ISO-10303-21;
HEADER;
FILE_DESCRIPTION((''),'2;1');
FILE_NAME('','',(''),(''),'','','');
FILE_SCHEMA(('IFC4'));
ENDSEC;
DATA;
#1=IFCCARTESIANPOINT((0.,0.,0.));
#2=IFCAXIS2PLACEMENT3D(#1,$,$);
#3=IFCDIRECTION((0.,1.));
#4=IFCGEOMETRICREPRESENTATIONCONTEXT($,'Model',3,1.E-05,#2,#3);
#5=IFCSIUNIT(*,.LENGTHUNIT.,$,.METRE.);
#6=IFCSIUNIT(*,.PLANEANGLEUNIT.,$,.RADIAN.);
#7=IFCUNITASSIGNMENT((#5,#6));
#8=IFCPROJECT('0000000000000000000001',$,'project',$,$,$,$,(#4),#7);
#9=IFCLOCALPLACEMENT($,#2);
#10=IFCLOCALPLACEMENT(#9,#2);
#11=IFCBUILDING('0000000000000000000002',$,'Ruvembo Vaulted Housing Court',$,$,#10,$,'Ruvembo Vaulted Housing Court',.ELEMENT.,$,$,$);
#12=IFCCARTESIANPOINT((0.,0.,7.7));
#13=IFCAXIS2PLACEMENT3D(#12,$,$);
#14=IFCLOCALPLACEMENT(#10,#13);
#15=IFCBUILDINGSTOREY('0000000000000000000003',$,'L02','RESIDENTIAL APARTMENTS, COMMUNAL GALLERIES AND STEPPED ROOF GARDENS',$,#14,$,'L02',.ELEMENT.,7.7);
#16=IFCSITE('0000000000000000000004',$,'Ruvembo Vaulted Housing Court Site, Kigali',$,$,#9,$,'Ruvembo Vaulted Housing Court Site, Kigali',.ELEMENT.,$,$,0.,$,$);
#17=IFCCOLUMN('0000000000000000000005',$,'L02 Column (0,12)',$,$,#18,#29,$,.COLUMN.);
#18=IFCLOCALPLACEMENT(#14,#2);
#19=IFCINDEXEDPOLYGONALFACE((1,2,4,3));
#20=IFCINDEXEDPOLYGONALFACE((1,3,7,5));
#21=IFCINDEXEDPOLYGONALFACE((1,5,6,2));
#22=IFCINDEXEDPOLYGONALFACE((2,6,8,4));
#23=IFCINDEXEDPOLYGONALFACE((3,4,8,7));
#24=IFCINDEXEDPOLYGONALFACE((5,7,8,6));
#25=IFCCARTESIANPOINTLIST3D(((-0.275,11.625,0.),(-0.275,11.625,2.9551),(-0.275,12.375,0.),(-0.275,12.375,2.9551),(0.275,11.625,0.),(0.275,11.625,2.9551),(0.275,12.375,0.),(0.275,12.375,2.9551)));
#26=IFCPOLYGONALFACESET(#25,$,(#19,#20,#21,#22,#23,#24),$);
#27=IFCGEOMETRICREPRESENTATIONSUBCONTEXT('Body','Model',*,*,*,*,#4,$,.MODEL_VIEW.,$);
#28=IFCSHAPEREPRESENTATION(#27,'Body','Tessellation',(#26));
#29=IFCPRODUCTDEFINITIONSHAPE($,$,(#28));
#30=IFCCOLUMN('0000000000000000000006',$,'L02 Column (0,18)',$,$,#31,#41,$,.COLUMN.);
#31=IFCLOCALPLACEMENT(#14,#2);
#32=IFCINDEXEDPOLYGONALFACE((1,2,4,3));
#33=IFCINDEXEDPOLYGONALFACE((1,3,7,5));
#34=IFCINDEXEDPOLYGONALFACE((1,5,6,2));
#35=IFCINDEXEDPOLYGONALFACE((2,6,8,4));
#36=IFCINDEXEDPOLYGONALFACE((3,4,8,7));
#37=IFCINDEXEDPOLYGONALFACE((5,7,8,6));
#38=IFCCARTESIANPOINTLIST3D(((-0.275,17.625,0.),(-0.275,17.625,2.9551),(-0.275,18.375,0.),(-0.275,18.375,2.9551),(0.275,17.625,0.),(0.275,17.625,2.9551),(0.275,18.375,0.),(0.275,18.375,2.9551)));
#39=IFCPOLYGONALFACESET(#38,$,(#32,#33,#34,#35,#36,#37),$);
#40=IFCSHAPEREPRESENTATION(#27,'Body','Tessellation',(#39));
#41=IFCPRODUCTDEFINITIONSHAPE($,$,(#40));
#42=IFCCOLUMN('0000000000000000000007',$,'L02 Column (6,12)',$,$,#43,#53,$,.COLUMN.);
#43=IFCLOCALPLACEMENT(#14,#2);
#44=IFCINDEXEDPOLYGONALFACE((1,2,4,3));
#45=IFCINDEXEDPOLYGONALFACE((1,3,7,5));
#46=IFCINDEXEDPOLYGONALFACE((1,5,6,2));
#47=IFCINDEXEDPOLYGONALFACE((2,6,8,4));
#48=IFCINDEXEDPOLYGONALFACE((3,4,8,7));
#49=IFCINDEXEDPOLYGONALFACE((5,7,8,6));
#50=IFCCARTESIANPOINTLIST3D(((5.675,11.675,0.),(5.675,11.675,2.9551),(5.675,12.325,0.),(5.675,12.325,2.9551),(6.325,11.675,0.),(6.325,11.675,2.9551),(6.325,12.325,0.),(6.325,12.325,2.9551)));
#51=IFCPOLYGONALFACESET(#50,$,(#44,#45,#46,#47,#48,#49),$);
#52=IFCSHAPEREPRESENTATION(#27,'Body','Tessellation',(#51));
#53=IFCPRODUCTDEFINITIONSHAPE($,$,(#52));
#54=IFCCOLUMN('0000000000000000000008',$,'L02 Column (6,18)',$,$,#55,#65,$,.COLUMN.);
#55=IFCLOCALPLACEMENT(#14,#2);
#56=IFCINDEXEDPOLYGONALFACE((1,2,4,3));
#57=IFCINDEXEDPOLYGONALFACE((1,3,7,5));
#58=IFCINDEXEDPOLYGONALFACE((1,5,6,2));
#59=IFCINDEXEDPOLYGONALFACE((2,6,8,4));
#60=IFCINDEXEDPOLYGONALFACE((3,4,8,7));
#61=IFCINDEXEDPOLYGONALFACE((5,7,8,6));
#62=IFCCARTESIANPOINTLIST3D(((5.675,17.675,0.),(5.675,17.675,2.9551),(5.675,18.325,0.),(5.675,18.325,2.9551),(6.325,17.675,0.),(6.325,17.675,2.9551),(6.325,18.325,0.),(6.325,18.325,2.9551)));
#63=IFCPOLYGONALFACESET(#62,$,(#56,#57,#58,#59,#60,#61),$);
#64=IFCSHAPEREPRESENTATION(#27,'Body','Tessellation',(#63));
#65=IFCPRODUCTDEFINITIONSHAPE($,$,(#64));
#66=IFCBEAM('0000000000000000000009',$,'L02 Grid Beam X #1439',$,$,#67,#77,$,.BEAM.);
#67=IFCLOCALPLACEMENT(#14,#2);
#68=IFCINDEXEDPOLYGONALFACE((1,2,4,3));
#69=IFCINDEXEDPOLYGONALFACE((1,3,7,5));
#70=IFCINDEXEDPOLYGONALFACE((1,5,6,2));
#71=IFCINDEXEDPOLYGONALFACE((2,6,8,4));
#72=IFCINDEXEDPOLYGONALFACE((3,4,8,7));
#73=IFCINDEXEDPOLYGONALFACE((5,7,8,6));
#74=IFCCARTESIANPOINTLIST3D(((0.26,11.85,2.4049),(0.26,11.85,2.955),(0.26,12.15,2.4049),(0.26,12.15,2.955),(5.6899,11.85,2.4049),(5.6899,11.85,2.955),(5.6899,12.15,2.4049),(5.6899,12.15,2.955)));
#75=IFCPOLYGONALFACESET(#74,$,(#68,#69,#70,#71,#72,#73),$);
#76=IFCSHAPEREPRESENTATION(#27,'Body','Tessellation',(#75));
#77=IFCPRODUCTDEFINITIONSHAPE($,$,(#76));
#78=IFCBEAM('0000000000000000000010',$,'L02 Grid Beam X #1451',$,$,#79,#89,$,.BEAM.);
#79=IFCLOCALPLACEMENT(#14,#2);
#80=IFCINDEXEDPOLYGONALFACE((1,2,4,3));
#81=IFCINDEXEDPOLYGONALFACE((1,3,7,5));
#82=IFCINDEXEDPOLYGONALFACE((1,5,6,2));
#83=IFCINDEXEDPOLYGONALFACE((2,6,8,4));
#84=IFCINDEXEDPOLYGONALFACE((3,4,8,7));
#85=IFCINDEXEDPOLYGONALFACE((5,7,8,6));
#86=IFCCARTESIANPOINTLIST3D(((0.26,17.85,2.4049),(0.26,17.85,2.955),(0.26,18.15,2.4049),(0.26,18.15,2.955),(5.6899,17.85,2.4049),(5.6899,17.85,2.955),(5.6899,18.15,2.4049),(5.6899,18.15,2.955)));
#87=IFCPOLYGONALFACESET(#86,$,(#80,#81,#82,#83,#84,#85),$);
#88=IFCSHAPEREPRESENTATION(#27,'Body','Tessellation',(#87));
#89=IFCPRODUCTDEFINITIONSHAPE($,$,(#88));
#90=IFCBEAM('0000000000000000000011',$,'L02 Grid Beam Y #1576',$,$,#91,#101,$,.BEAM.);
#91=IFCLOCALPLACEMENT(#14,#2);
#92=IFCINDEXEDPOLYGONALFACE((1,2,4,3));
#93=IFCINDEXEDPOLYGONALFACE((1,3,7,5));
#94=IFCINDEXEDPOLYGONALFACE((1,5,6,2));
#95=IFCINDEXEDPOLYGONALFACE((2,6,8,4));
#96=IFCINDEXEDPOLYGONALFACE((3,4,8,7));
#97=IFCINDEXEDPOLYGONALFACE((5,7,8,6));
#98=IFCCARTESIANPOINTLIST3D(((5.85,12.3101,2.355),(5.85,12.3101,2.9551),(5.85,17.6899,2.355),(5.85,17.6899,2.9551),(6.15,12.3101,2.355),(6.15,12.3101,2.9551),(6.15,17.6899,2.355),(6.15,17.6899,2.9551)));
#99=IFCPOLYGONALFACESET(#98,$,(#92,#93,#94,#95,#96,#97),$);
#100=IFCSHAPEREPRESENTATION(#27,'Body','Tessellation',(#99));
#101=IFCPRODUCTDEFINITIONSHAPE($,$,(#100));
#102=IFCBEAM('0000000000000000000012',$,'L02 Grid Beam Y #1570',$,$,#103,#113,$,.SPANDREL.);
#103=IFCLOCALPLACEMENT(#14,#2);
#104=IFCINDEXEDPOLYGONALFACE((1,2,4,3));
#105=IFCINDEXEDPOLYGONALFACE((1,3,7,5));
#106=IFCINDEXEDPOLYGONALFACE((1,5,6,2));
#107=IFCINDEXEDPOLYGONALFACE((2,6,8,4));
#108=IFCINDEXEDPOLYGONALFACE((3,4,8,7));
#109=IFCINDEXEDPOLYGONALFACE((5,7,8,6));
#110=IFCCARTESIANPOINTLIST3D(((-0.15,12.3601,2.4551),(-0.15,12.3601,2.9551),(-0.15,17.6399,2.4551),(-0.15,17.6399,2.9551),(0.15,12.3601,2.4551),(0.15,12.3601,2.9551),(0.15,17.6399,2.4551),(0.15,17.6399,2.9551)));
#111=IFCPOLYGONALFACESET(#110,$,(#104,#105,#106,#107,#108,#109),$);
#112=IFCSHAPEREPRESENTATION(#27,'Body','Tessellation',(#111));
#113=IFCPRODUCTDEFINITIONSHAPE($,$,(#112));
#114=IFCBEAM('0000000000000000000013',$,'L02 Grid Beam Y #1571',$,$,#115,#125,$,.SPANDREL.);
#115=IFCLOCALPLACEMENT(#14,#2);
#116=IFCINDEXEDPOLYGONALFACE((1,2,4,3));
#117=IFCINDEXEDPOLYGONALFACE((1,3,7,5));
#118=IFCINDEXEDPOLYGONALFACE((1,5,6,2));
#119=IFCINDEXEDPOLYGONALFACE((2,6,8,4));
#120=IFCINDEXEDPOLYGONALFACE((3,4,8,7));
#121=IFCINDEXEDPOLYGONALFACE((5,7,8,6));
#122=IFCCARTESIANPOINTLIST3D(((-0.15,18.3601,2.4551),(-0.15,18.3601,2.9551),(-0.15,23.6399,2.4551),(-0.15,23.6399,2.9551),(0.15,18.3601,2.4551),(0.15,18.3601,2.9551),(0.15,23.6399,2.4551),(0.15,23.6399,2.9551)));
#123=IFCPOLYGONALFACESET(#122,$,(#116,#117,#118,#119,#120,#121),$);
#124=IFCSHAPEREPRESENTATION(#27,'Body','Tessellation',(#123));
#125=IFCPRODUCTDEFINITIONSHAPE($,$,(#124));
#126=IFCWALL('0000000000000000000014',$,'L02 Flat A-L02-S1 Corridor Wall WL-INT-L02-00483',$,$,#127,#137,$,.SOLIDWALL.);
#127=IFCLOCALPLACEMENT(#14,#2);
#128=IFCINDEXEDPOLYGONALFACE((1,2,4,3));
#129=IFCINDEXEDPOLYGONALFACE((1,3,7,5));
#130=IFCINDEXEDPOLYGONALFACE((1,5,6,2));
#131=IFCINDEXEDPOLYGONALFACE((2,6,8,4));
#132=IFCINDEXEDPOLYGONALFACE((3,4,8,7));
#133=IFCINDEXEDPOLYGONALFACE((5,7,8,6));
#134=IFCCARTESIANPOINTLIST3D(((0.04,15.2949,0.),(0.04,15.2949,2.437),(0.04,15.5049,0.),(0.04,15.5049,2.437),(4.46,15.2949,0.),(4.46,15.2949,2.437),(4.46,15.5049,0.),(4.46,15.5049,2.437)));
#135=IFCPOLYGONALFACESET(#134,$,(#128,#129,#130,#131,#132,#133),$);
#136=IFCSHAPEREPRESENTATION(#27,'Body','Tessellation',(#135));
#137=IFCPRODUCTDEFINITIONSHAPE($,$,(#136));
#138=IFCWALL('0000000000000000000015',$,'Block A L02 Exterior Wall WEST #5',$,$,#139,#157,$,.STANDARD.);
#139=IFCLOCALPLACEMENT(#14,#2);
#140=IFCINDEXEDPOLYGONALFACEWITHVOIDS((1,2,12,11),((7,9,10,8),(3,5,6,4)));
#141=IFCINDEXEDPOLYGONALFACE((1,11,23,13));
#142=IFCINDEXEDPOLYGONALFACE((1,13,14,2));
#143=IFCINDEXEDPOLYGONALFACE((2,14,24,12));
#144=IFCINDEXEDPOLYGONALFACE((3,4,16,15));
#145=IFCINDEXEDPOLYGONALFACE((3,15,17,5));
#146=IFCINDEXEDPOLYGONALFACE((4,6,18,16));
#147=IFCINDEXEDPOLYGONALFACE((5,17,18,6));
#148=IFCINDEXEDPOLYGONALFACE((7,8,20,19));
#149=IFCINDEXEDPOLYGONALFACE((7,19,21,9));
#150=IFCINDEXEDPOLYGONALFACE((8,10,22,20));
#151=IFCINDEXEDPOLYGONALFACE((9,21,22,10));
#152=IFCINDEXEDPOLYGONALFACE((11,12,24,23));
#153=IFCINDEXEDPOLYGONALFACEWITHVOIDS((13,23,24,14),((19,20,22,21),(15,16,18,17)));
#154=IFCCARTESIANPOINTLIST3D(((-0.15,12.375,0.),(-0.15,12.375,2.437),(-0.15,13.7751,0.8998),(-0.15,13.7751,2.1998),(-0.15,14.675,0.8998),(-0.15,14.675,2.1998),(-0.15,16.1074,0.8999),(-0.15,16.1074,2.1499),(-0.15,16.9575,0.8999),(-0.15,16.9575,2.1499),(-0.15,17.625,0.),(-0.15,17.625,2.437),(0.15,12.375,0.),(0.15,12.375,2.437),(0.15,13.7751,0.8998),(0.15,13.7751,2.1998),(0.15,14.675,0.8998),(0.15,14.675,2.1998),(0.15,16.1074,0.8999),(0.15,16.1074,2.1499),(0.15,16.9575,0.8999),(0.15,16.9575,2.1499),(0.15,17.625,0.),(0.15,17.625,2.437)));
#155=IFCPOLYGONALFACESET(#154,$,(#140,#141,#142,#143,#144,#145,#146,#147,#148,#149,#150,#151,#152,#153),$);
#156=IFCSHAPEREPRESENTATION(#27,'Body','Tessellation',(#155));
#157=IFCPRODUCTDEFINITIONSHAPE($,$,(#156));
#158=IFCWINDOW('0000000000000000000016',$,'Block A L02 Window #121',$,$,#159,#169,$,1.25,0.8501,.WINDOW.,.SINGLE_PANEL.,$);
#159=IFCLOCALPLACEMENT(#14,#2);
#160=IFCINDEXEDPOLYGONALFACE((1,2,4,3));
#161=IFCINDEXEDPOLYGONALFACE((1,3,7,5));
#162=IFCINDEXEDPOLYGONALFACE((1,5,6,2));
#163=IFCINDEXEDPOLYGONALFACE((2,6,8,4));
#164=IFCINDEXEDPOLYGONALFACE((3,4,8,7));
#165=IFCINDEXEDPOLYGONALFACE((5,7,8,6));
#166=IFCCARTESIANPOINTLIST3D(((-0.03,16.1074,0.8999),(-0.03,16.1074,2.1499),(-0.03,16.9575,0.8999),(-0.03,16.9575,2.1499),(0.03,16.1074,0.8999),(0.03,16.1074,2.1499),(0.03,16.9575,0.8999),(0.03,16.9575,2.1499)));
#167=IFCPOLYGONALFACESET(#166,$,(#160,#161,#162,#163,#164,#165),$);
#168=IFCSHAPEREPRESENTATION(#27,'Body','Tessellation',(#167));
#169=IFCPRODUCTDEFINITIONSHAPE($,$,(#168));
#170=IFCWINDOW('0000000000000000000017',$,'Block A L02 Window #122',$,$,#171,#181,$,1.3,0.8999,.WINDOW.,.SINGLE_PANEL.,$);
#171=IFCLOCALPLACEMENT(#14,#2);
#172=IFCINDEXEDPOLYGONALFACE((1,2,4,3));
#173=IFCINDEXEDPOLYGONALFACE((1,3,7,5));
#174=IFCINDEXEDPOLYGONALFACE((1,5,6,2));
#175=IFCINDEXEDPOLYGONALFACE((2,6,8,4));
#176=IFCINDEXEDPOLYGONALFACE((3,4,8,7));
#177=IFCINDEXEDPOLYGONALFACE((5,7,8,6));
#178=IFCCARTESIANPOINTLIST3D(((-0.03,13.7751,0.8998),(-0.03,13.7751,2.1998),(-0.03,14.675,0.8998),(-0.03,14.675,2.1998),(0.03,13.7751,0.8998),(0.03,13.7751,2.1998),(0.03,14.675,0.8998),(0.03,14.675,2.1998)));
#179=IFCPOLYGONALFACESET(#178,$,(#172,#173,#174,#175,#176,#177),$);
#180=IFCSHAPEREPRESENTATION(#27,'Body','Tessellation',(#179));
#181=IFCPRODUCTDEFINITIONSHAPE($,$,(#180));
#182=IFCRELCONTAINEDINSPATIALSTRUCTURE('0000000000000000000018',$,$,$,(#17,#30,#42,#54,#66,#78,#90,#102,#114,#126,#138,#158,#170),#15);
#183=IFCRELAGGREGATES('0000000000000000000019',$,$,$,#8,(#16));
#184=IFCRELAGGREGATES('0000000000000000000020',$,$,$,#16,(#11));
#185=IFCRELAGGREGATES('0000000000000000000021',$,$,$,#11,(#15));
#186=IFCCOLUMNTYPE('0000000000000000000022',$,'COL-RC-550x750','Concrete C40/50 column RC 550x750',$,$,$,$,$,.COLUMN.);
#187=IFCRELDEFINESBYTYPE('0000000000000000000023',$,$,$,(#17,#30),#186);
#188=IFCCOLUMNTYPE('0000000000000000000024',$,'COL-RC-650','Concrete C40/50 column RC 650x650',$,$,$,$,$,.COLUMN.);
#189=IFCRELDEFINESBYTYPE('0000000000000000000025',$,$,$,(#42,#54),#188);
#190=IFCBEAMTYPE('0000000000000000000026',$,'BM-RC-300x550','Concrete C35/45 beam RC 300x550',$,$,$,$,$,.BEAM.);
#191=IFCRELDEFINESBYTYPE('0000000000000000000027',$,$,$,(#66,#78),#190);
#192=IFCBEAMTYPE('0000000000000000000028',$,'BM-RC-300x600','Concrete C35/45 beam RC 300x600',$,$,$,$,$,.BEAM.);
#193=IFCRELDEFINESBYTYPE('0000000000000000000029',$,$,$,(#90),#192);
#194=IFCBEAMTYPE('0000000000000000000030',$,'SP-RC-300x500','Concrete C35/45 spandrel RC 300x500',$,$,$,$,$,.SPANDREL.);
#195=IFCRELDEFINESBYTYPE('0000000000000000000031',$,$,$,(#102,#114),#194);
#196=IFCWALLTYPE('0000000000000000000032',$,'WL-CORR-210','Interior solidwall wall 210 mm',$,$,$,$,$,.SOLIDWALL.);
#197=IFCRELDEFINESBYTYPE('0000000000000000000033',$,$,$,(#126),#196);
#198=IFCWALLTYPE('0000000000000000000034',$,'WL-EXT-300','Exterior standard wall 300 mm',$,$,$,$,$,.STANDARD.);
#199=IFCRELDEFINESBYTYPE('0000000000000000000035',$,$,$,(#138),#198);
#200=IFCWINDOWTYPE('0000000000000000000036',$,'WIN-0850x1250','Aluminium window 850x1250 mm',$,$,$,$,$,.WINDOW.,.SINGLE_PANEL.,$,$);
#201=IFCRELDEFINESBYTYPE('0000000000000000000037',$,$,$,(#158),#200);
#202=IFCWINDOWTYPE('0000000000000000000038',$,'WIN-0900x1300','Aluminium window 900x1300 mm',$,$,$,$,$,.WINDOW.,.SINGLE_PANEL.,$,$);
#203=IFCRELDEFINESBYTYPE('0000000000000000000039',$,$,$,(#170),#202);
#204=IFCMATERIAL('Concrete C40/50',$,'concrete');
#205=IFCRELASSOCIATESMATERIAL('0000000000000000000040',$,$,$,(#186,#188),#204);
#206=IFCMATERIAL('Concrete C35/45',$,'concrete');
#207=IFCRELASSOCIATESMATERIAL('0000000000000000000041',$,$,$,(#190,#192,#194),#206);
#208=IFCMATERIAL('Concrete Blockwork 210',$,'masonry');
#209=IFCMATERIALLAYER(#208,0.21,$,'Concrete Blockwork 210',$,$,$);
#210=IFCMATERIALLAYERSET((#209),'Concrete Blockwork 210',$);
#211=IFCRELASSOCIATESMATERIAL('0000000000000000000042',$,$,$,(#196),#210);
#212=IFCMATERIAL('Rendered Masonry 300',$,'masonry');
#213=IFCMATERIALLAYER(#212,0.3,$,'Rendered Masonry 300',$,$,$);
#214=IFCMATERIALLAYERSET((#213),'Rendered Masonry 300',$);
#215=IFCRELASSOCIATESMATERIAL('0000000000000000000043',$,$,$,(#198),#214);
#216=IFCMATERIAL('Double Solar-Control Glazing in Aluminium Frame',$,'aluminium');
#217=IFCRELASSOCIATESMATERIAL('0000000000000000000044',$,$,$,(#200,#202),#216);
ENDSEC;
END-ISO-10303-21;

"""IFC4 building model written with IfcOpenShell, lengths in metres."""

from ifc_helpers import new_model, si_unit, direction, frame, frame_2d, origin, origin_2d, place, context, subcontext, project, spatial, rectangle, extrude, material, layer, layer_set, material_profile, profile_set, type_object, element, fill, save


model = new_model("IFC4")

# Units and contexts
model_context = context("Model", 3, precision=1e-05, world=origin(), true_north=direction((0.0, 1.0)))
body_context = subcontext(model_context, "Body", "Model", "MODEL_VIEW")
ifc_project = project(units=[si_unit("LENGTHUNIT", "METRE"), si_unit("PLANEANGLEUNIT", "RADIAN")], contexts=[model_context])

# Site, building, storey
site_placement = place(None, origin())
site = spatial("IfcSite", under=ifc_project, at=site_placement, Name="Ruvembo Vaulted Housing Court Site, Kigali", LongName="Ruvembo Vaulted Housing Court Site, Kigali", CompositionType="ELEMENT", RefElevation=0.0)
building_placement = place(site_placement, origin())
building = spatial("IfcBuilding", under=site, at=building_placement, Name="Ruvembo Vaulted Housing Court", LongName="Ruvembo Vaulted Housing Court", CompositionType="ELEMENT")
storey_placement = place(building_placement, frame((0.0, 0.0, 7.7)))
storey = spatial("IfcBuildingStorey", under=building, at=storey_placement, Name="L02", Description="RESIDENTIAL APARTMENTS, COMMUNAL GALLERIES AND STEPPED ROOF GARDENS", LongName="L02", CompositionType="ELEMENT", Elevation=7.7)

# Columns
ifc_material_1 = material(Name="Concrete C40/50", Category="concrete")
ifc_material_profile_1 = material_profile(ifc_material_1, rectangle(XDim=0.55, YDim=0.75, at=origin_2d()), Name="RC 550x750")
ifc_profile_set_1 = profile_set([ifc_material_profile_1], Name="Concrete C40/50")
column_type_1 = type_object("IfcColumnType", Name="COL-RC-550x750", Description="Concrete C40/50 column RC 550x750", PredefinedType="COLUMN", material=ifc_profile_set_1)
for number, where, z_axis, x_axis, name in (
    (1, (0.0, 12.0, 0.0), (0.0, 0.0, 1.0), (1.0, 0.0, 0.0), "L02 Column (0,12)"),
    (2, (0.0, 18.0, 0.0), (0.0, 0.0, 1.0), (1.0, 0.0, 0.0), "L02 Column (0,18)"),
):
    element("IfcColumn", number, at=place(storey_placement, frame(where, z_axis=z_axis, x_axis=x_axis)), inside=storey, type_object=column_type_1, Name=name, PredefinedType="COLUMN", context=body_context, shape_type="SweptSolid", body=[
        extrude(rectangle(XDim=0.55, YDim=0.75, at=origin_2d()), origin(), (0.0, 0.0, 1.0), 2.9551),
    ])
ifc_material_profile_2 = material_profile(ifc_material_1, rectangle(XDim=0.6499, YDim=0.6499, at=origin_2d()), Name="RC 650x650")
ifc_profile_set_2 = profile_set([ifc_material_profile_2], Name="Concrete C40/50")
column_type_2 = type_object("IfcColumnType", Name="COL-RC-650", Description="Concrete C40/50 column RC 650x650", PredefinedType="COLUMN", material=ifc_profile_set_2)
for number, where, z_axis, x_axis, name in (
    (3, (6.0, 12.0, 0.0), (0.0, 0.0, 1.0), (1.0, 0.0, 0.0), "L02 Column (6,12)"),
    (4, (6.0, 18.0, 0.0), (0.0, 0.0, 1.0), (1.0, 0.0, 0.0), "L02 Column (6,18)"),
):
    element("IfcColumn", number, at=place(storey_placement, frame(where, z_axis=z_axis, x_axis=x_axis)), inside=storey, type_object=column_type_2, Name=name, PredefinedType="COLUMN", context=body_context, shape_type="SweptSolid", body=[
        extrude(rectangle(XDim=0.6499, YDim=0.6499, at=origin_2d()), origin(), (0.0, 0.0, 1.0), 2.9551),
    ])

# Beams
ifc_material_2 = material(Name="Concrete C35/45", Category="concrete")
ifc_material_profile_3 = material_profile(ifc_material_2, rectangle(XDim=0.3, YDim=0.55, at=origin_2d()), Name="RC 300x550")
ifc_profile_set_3 = profile_set([ifc_material_profile_3], Name="Concrete C35/45")
beam_type_1 = type_object("IfcBeamType", Name="BM-RC-300x550", Description="Concrete C35/45 beam RC 300x550", PredefinedType="BEAM", material=ifc_profile_set_3)
for number, where, z_axis, x_axis, name in (
    (5, (0.26, 12.0, 2.6799), (1.0, 0.0, 0.0), (0.0, 1.0, 0.0), "L02 Grid Beam X #1439"),
    (6, (0.26, 18.0, 2.6799), (1.0, 0.0, 0.0), (0.0, 1.0, 0.0), "L02 Grid Beam X #1451"),
):
    element("IfcBeam", number, at=place(storey_placement, frame(where, z_axis=z_axis, x_axis=x_axis)), inside=storey, type_object=beam_type_1, Name=name, PredefinedType="BEAM", context=body_context, shape_type="SweptSolid", body=[
        extrude(rectangle(XDim=0.3, YDim=0.55, at=origin_2d()), origin(), (0.0, 0.0, 1.0), 5.4299),
    ])
ifc_material_profile_4 = material_profile(ifc_material_2, rectangle(XDim=0.3, YDim=0.6001, at=origin_2d()), Name="RC 300x600")
ifc_profile_set_4 = profile_set([ifc_material_profile_4], Name="Concrete C35/45")
beam_type_2 = type_object("IfcBeamType", Name="BM-RC-300x600", Description="Concrete C35/45 beam RC 300x600", PredefinedType="BEAM", material=ifc_profile_set_4)
beam_placement = place(storey_placement, frame((6.0, 12.3101, 2.655), z_axis=(0.0, 1.0, 0.0), x_axis=(-1.0, 0.0, 0.0)))
element("IfcBeam", 7, at=beam_placement, inside=storey, type_object=beam_type_2, Name="L02 Grid Beam Y #1576", PredefinedType="BEAM", context=body_context, shape_type="SweptSolid", body=[
    extrude(rectangle(XDim=0.3, YDim=0.6001, at=origin_2d()), origin(), (0.0, 0.0, 1.0), 5.3799),
])
ifc_material_profile_5 = material_profile(ifc_material_2, rectangle(XDim=0.3, YDim=0.5, at=origin_2d()), Name="RC 300x500")
ifc_profile_set_5 = profile_set([ifc_material_profile_5], Name="Concrete C35/45")
beam_type_3 = type_object("IfcBeamType", Name="SP-RC-300x500", Description="Concrete C35/45 spandrel RC 300x500", PredefinedType="SPANDREL", material=ifc_profile_set_5)
for number, where, z_axis, x_axis, name in (
    (8, (0.0, 12.3601, 2.7051), (0.0, 1.0, 0.0), (-1.0, 0.0, 0.0), "L02 Grid Beam Y #1570"),
    (9, (0.0, 18.3601, 2.7051), (0.0, 1.0, 0.0), (-1.0, 0.0, 0.0), "L02 Grid Beam Y #1571"),
):
    element("IfcBeam", number, at=place(storey_placement, frame(where, z_axis=z_axis, x_axis=x_axis)), inside=storey, type_object=beam_type_3, Name=name, PredefinedType="SPANDREL", context=body_context, shape_type="SweptSolid", body=[
        extrude(rectangle(XDim=0.3, YDim=0.5, at=origin_2d()), origin(), (0.0, 0.0, 1.0), 5.2798),
    ])

# Wall
ifc_material_3 = material(Name="Concrete Blockwork 210", Category="masonry")
ifc_layer_1 = layer(ifc_material_3, 0.21, Name="Concrete Blockwork 210")
ifc_layer_set_1 = layer_set([ifc_layer_1], Name="Concrete Blockwork 210")
wall_type_1 = type_object("IfcWallType", Name="WL-CORR-210", Description="Interior solidwall wall 210 mm", PredefinedType="SOLIDWALL", material=ifc_layer_set_1)
wall_1_placement = place(storey_placement, frame((0.04, 15.3999, 0.0), z_axis=(0.0, 0.0, 1.0), x_axis=(1.0, 0.0, 0.0)))
element("IfcWall", 10, at=wall_1_placement, inside=storey, type_object=wall_type_1, Name="L02 Flat A-L02-S1 Corridor Wall WL-INT-L02-00483", PredefinedType="SOLIDWALL", context=body_context, shape_type="SweptSolid", body=[
    extrude(rectangle(XDim=4.4199, YDim=0.21, at=frame_2d((2.21, 0.0))), origin(), (0.0, 0.0, 1.0), 2.437),
])

# Wall, openings, windows
ifc_material_4 = material(Name="Rendered Masonry 300", Category="masonry")
ifc_layer_2 = layer(ifc_material_4, 0.3, Name="Rendered Masonry 300")
ifc_layer_set_2 = layer_set([ifc_layer_2], Name="Rendered Masonry 300")
wall_type_2 = type_object("IfcWallType", Name="WL-EXT-300", Description="Exterior standard wall 300 mm", PredefinedType="STANDARD", material=ifc_layer_set_2)
wall_2_placement = place(storey_placement, frame((0.0, 17.625, 0.0), z_axis=(0.0, 0.0, 1.0), x_axis=(0.0, -1.0, 0.0)))
wall_2 = element("IfcWall", 11, at=wall_2_placement, inside=storey, type_object=wall_type_2, Name="Block A L02 Exterior Wall WEST #5", PredefinedType="STANDARD", context=body_context, shape_type="SweptSolid", body=[
    extrude(rectangle(XDim=5.25, YDim=0.3, at=frame_2d((2.625, 0.0))), origin(), (0.0, 0.0, 1.0), 2.437),
])
opening_1_placement = place(wall_2_placement, frame((0.6675, 0.0, 0.8999)))
opening_1 = element("IfcOpeningElement", 12, at=opening_1_placement, cuts=wall_2, PredefinedType="OPENING", context=body_context, shape_type="SweptSolid", body=[
    extrude(rectangle(XDim=0.8501, YDim=1.25, at=frame_2d((0.425, 0.625))), frame((0.0, 0.1599, 0.0), z_axis=(0.0, -1.0, 0.0), x_axis=(1.0, 0.0, 0.0)), (0.0, 0.0, 1.0), 0.3201),
])
opening_2_placement = place(wall_2_placement, frame((2.95, 0.0, 0.8999)))
opening_2 = element("IfcOpeningElement", 13, at=opening_2_placement, cuts=wall_2, PredefinedType="OPENING", context=body_context, shape_type="SweptSolid", body=[
    extrude(rectangle(XDim=0.8999, YDim=1.3, at=frame_2d((0.45, 0.6499))), frame((0.0, 0.1599, 0.0), z_axis=(0.0, -1.0, 0.0), x_axis=(1.0, 0.0, 0.0)), (0.0, 0.0, 1.0), 0.3201),
])
ifc_material_5 = material(Name="Double Solar-Control Glazing in Aluminium Frame", Category="aluminium")
window_type_1 = type_object("IfcWindowType", Name="WIN-0850x1250", Description="Aluminium window 850x1250 mm", PartitioningType="SINGLE_PANEL", PredefinedType="WINDOW", material=ifc_material_5)
window_1_placement = place(opening_1_placement, origin())
window_1 = element("IfcWindow", 14, at=window_1_placement, inside=storey, type_object=window_type_1, Name="Block A L02 Window #121", OverallHeight=1.25, OverallWidth=0.8501, PartitioningType="SINGLE_PANEL", PredefinedType="WINDOW", context=body_context, shape_type="SweptSolid", body=[
    extrude(rectangle(XDim=0.8501, YDim=1.25, at=frame_2d((0.425, 0.625))), frame((0.0, 0.03, 0.0), z_axis=(0.0, -1.0, 0.0), x_axis=(1.0, 0.0, 0.0)), (0.0, 0.0, 1.0), 0.0601),
])
fill(opening_1, window_1)
window_type_2 = type_object("IfcWindowType", Name="WIN-0900x1300", Description="Aluminium window 900x1300 mm", PartitioningType="SINGLE_PANEL", PredefinedType="WINDOW", material=ifc_material_5)
window_2_placement = place(opening_2_placement, origin())
window_2 = element("IfcWindow", 15, at=window_2_placement, inside=storey, type_object=window_type_2, Name="Block A L02 Window #122", OverallHeight=1.3, OverallWidth=0.8999, PartitioningType="SINGLE_PANEL", PredefinedType="WINDOW", context=body_context, shape_type="SweptSolid", body=[
    extrude(rectangle(XDim=0.8999, YDim=1.3, at=frame_2d((0.45, 0.6499))), frame((0.0, 0.03, 0.0), z_axis=(0.0, -1.0, 0.0), x_axis=(1.0, 0.0, 0.0)), (0.0, 0.0, 1.0), 0.0601),
])
fill(opening_2, window_2)

save(model, "model.ifc")
